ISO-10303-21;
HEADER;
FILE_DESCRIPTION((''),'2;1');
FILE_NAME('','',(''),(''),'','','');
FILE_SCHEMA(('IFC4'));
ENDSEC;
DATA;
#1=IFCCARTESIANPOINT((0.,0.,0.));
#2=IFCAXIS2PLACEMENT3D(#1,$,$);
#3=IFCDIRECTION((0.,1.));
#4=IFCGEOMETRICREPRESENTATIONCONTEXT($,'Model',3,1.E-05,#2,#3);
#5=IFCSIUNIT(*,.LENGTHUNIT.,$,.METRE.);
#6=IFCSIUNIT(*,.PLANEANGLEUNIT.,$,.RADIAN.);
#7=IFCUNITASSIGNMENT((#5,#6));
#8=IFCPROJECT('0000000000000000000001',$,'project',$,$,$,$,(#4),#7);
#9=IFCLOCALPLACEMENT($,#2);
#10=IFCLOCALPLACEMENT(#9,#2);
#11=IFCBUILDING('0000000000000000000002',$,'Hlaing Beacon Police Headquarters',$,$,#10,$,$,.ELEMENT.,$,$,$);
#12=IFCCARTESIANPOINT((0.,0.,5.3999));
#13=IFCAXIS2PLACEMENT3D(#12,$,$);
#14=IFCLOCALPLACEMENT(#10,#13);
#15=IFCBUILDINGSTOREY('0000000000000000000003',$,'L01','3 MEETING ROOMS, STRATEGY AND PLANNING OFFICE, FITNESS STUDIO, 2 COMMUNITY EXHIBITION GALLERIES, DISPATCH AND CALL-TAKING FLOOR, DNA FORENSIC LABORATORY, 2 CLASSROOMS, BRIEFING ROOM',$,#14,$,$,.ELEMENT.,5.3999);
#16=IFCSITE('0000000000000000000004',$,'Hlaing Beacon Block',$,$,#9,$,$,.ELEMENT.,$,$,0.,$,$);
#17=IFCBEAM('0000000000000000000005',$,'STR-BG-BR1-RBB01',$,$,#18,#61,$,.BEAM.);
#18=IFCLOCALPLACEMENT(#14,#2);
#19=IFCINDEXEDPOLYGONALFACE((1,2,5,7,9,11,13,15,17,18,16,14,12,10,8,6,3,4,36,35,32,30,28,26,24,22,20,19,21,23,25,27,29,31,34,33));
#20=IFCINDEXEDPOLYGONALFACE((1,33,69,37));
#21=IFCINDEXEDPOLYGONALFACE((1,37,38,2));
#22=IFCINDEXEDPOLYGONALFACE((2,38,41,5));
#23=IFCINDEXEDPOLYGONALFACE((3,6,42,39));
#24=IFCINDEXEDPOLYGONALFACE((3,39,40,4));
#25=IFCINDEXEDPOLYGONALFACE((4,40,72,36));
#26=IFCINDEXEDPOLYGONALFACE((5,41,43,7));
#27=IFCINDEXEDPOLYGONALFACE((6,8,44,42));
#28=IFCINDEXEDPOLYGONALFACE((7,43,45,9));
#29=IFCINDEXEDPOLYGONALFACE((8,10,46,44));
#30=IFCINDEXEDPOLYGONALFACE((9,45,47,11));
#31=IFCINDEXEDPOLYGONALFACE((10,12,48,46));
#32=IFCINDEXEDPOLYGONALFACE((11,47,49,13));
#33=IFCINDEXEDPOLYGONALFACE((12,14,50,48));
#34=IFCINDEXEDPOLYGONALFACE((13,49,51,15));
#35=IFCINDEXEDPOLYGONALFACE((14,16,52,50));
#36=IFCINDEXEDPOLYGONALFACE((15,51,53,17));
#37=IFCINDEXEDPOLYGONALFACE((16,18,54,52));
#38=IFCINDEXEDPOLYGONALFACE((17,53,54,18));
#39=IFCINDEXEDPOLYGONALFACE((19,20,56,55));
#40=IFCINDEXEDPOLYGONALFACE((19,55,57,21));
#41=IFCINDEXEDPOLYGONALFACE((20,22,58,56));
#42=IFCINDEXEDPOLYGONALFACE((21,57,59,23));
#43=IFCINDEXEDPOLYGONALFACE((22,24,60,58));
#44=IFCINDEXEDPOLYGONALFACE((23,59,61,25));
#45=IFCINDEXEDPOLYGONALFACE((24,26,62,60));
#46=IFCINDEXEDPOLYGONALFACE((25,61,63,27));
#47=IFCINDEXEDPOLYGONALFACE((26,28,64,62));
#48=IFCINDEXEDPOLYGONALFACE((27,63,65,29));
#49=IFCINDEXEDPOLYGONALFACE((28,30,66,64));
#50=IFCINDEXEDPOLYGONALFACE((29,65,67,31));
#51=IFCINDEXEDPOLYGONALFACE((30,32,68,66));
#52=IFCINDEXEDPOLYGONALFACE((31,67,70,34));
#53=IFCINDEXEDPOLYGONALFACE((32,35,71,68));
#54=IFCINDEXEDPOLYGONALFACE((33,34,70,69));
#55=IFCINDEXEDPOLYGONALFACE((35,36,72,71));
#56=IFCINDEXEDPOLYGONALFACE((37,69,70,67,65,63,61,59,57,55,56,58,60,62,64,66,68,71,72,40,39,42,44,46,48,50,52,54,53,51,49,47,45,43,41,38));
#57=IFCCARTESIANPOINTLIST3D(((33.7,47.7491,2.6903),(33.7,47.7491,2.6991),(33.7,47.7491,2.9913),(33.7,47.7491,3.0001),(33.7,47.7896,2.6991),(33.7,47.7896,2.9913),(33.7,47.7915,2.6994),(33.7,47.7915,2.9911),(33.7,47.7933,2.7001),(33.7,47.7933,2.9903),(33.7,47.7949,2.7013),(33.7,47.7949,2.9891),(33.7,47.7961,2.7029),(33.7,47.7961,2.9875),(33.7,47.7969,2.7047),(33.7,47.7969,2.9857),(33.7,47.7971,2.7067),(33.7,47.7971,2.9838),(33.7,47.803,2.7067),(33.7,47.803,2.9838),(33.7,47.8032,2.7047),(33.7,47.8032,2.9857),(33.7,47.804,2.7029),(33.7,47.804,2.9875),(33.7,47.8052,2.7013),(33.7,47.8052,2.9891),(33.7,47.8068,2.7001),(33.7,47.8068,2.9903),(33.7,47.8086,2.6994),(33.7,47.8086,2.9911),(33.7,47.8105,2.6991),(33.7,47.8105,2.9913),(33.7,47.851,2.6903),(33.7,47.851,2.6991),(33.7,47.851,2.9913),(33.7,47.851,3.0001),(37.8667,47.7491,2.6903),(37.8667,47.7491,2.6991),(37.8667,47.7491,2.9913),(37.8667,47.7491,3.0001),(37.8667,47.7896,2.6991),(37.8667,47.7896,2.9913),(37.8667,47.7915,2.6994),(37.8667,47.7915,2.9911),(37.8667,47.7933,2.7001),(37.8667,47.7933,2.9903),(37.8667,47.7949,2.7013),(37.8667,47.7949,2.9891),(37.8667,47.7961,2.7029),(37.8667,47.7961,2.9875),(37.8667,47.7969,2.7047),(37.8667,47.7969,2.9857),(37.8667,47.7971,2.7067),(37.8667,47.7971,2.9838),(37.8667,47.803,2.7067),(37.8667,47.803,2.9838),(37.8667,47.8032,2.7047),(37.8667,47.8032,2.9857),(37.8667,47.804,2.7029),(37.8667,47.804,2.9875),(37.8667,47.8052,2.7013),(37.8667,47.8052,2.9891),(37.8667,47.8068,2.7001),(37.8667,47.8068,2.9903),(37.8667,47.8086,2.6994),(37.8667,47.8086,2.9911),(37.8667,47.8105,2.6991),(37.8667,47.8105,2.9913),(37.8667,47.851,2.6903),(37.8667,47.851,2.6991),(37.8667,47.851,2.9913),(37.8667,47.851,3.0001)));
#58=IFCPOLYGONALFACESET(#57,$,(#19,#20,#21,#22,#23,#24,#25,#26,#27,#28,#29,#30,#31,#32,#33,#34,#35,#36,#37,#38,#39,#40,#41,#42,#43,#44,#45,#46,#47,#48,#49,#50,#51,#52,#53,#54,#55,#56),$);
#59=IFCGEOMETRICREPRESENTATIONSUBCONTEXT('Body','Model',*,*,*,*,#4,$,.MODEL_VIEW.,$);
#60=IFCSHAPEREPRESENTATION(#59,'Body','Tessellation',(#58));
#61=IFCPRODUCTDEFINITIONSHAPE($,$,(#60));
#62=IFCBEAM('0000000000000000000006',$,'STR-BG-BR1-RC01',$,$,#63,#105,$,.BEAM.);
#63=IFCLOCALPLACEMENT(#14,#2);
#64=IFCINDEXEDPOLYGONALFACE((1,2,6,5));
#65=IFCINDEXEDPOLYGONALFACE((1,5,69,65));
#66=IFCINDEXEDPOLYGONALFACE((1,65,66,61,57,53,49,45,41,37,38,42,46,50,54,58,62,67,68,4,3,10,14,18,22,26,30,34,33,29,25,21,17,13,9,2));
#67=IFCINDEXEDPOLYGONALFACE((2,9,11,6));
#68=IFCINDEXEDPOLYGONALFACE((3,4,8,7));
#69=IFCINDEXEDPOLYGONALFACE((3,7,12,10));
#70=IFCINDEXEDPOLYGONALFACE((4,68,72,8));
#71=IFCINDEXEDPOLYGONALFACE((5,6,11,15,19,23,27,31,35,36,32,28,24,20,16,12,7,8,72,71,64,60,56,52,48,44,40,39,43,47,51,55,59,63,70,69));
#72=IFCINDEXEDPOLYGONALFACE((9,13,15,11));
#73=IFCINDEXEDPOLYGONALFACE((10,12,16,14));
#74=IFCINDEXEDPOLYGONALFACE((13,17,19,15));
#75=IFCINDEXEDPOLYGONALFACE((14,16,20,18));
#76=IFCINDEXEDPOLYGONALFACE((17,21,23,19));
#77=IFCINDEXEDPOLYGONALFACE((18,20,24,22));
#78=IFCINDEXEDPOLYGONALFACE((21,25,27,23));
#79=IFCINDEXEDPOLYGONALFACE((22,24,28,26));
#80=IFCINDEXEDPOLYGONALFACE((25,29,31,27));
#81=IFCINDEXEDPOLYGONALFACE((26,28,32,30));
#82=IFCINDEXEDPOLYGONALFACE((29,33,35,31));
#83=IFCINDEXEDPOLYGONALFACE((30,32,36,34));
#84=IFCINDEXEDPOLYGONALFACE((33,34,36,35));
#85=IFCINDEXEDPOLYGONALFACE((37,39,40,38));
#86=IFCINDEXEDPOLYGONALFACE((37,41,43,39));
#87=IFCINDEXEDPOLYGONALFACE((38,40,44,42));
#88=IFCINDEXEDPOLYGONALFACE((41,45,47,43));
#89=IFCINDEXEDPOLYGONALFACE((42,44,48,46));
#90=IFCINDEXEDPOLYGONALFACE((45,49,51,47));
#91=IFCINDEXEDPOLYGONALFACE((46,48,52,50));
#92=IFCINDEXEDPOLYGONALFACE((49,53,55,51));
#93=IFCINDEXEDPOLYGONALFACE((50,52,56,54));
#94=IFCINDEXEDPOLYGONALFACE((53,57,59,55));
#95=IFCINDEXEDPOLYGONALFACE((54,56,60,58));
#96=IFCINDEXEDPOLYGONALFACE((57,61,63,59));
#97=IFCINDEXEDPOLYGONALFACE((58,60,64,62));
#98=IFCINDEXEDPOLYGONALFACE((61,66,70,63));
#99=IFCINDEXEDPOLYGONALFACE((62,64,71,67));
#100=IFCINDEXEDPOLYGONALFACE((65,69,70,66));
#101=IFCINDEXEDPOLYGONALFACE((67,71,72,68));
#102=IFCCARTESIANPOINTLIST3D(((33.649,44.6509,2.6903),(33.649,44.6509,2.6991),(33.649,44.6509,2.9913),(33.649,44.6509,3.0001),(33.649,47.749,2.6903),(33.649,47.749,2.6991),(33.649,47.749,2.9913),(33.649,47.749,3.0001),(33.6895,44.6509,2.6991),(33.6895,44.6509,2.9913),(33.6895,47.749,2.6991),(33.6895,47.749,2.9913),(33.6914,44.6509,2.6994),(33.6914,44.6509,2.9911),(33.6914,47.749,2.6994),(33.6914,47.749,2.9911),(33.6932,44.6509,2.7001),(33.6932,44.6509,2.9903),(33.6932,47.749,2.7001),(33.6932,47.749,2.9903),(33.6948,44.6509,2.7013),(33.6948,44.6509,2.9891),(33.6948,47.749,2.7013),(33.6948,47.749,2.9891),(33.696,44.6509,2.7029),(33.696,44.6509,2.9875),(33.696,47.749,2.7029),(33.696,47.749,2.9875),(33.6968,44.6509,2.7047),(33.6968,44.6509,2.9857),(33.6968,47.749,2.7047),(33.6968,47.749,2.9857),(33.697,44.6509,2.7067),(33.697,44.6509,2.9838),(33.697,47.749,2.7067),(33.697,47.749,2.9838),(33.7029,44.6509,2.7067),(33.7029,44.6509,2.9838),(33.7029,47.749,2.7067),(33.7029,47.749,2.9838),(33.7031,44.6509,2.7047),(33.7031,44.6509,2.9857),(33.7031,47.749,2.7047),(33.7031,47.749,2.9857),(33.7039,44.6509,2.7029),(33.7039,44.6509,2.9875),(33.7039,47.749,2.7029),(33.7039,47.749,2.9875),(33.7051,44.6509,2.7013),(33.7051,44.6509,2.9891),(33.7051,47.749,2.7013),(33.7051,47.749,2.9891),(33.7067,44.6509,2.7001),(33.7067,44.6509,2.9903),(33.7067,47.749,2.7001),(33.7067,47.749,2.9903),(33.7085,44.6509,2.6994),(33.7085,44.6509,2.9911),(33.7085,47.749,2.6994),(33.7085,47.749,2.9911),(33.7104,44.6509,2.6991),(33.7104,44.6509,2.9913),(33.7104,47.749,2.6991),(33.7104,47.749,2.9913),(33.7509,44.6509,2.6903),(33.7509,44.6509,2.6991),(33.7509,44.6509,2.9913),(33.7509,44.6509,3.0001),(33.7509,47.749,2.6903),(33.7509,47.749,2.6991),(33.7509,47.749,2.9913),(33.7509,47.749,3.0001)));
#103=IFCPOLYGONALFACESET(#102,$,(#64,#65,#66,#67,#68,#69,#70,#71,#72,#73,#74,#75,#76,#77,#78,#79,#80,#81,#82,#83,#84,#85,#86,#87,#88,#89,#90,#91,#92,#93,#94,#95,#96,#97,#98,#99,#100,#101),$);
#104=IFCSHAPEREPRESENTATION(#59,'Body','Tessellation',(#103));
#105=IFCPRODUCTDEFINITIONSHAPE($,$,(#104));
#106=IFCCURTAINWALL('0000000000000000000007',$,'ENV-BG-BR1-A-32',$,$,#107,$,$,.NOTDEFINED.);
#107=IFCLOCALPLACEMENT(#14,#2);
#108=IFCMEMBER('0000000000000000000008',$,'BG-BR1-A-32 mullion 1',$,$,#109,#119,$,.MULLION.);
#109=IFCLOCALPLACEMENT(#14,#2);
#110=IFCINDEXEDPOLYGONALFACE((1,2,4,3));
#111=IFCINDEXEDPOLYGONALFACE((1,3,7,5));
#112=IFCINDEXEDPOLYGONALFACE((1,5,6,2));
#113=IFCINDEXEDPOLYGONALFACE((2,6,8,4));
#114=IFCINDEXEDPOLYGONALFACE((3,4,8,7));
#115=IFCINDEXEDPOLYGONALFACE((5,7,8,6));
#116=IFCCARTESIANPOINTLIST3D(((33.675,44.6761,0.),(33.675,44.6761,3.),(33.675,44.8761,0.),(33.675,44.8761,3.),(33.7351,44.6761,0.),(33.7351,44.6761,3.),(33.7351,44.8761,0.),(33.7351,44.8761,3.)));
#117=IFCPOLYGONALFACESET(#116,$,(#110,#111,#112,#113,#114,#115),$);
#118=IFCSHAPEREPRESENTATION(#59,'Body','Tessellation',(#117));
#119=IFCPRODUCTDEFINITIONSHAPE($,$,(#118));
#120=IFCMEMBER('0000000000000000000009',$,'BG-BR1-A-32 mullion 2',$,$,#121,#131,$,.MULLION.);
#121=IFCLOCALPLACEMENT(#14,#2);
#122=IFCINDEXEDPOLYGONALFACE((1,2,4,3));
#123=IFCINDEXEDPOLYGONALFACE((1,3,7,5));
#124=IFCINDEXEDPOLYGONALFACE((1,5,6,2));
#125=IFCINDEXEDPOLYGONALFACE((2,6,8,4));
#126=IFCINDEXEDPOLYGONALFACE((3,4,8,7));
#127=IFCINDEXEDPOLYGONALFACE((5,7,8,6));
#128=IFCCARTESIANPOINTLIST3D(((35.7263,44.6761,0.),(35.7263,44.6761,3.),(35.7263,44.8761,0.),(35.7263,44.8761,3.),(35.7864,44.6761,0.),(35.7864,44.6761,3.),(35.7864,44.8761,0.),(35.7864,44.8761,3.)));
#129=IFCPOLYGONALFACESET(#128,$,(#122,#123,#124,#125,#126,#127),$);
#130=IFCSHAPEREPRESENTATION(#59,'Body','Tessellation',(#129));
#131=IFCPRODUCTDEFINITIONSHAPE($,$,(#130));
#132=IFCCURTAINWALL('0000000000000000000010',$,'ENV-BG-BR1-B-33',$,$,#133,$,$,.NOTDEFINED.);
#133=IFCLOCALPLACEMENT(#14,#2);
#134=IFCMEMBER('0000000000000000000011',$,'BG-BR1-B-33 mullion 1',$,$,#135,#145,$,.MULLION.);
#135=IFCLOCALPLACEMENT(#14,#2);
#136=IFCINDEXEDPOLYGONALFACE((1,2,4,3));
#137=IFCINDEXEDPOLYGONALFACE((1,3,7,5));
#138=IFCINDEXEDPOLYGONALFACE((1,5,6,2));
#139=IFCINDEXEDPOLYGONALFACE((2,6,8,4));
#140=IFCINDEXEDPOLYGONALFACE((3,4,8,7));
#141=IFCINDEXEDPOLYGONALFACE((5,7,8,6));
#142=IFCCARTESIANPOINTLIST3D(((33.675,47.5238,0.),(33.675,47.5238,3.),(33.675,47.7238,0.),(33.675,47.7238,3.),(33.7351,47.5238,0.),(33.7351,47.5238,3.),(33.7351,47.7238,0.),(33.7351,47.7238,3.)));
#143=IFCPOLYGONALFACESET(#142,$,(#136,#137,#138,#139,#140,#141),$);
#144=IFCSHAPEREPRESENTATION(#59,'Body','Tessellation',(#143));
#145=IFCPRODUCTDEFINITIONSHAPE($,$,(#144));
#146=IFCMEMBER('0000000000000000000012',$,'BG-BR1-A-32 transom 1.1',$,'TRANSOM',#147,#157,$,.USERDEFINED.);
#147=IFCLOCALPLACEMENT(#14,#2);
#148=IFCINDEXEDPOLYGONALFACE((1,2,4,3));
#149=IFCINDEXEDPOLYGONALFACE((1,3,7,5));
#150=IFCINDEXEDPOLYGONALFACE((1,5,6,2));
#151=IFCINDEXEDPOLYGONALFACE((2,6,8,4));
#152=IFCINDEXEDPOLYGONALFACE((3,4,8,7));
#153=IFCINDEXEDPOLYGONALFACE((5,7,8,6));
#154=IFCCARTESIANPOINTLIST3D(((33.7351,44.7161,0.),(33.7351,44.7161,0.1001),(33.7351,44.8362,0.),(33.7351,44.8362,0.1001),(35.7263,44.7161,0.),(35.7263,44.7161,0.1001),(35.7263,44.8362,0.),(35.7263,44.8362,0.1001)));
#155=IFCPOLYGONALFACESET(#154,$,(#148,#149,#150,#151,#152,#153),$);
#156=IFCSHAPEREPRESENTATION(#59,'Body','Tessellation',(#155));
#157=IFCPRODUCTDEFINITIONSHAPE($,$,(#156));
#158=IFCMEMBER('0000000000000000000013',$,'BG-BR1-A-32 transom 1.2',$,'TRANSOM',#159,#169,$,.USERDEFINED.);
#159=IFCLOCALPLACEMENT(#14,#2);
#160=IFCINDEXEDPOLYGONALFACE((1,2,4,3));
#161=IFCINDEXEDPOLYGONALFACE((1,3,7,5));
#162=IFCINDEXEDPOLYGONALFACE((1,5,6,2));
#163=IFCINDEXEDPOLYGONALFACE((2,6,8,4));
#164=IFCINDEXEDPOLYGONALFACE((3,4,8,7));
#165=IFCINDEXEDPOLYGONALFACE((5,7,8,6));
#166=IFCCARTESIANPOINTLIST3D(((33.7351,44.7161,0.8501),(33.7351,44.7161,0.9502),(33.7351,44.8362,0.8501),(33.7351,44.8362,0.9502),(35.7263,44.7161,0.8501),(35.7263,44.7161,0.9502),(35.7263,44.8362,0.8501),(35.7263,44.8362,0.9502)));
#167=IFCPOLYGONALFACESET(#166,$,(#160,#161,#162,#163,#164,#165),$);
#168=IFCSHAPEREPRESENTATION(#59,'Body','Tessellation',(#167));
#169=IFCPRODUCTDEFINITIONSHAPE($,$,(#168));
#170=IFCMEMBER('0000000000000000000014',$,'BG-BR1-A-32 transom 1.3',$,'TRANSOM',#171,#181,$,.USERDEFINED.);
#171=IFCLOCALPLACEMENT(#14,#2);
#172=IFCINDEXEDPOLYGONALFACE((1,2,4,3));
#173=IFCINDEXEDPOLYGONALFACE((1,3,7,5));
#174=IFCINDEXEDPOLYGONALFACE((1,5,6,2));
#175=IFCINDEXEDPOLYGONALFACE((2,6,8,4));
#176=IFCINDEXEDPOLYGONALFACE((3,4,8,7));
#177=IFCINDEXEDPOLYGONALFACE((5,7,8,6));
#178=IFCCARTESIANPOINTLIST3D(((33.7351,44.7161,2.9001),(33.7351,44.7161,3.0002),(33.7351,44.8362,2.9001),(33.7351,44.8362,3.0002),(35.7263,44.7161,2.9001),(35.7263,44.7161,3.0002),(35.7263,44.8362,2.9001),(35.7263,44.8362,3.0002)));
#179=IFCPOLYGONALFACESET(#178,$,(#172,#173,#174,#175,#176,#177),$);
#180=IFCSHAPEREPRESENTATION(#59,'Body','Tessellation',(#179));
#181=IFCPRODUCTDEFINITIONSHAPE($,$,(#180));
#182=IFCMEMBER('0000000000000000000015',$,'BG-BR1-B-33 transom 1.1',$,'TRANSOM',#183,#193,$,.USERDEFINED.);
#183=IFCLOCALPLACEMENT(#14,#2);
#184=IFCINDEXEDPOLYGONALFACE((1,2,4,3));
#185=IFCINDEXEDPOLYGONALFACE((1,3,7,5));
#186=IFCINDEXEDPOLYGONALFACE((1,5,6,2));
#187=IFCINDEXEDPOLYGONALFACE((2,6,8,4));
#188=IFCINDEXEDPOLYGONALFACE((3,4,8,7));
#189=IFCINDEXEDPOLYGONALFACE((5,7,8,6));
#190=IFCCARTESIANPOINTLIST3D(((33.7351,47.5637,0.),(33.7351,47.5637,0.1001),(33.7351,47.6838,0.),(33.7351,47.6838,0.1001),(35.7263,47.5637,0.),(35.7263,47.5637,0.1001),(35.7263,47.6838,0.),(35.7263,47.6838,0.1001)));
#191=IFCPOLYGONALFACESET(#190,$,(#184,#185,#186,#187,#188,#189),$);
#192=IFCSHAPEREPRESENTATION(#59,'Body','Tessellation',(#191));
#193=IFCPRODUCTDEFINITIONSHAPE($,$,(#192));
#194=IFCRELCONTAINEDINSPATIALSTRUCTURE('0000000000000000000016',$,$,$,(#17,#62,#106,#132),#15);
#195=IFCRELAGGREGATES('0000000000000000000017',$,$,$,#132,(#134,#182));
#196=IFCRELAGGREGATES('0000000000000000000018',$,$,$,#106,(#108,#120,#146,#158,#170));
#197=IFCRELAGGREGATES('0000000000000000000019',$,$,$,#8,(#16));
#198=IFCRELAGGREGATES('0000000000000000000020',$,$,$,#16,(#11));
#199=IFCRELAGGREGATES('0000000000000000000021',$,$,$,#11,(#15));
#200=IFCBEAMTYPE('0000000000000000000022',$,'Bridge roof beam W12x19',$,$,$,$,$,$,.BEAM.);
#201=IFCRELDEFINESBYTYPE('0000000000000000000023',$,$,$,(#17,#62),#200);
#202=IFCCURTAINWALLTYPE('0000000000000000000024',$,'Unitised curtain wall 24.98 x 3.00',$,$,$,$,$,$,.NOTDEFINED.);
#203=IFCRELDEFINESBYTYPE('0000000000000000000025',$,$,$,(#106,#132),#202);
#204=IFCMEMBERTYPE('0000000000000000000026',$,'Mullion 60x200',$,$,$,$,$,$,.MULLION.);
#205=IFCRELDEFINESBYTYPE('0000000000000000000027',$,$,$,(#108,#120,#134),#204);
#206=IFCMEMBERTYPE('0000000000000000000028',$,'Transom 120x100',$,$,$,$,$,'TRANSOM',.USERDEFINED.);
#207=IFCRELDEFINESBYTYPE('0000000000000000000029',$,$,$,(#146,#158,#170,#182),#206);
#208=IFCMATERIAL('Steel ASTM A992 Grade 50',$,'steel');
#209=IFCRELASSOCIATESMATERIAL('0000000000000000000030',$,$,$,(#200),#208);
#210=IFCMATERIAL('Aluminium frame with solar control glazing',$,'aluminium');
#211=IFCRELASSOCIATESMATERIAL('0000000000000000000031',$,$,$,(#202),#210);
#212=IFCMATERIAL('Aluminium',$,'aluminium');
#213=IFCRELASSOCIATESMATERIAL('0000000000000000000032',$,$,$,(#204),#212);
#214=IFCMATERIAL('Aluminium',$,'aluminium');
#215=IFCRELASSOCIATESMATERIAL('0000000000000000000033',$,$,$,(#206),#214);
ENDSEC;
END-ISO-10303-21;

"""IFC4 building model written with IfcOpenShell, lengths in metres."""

from ifc_helpers import new_model, si_unit, direction, frame, origin, origin_2d, place, context, subcontext, project, spatial, rectangle, i_section, extrude, material, material_profile, profile_set, type_object, element, aggregate, save


model = new_model("IFC4")

# Units and contexts
model_context = context("Model", 3, precision=1e-05, world=origin(), true_north=direction((0.0, 1.0)))
body_context = subcontext(model_context, "Body", "Model", "MODEL_VIEW")
ifc_project = project(units=[si_unit("LENGTHUNIT", "METRE"), si_unit("PLANEANGLEUNIT", "RADIAN")], contexts=[model_context])

# Site, building, storey
site_placement = place(None, origin())
site = spatial("IfcSite", under=ifc_project, at=site_placement, Name="Hlaing Beacon Block", CompositionType="ELEMENT", RefElevation=0.0)
building_placement = place(site_placement, origin())
building = spatial("IfcBuilding", under=site, at=building_placement, Name="Hlaing Beacon Police Headquarters", CompositionType="ELEMENT")
storey_placement = place(building_placement, frame((0.0, 0.0, 5.3999)))
storey = spatial("IfcBuildingStorey", under=building, at=storey_placement, Name="L01", Description="3 MEETING ROOMS, STRATEGY AND PLANNING OFFICE, FITNESS STUDIO, 2 COMMUNITY EXHIBITION GALLERIES, DISPATCH AND CALL-TAKING FLOOR, DNA FORENSIC LABORATORY, 2 CLASSROOMS, BRIEFING ROOM", CompositionType="ELEMENT", Elevation=5.3999)

# Beams
ifc_material_1 = material(Name="Steel ASTM A992 Grade 50", Category="steel")
ifc_material_profile_1 = material_profile(ifc_material_1, i_section(OverallWidth=0.1018, OverallDepth=0.3098, WebThickness=0.0059, FlangeThickness=0.0088, FilletRadius=0.0076, at=origin_2d()), Name="W12x19")
ifc_profile_set_1 = profile_set([ifc_material_profile_1], Name="Steel ASTM A992 Grade 50")
beam_type_1 = type_object("IfcBeamType", Name="Bridge roof beam W12x19", PredefinedType="BEAM", material=ifc_profile_set_1)
for number, where, z_axis, x_axis, name in (
    (1, (33.7, 47.8, 2.8452), (1.0, 0.0, 0.0), (0.0, 1.0, 0.0), "STR-BG-BR1-RBB01"),
):
    element("IfcBeam", number, at=place(storey_placement, frame(where, z_axis=z_axis, x_axis=x_axis)), inside=storey, type_object=beam_type_1, Name=name, PredefinedType="BEAM", context=body_context, shape_type="SweptSolid", body=[
        extrude(i_section(OverallWidth=0.1018, OverallDepth=0.3098, WebThickness=0.0059, FlangeThickness=0.0088, FilletRadius=0.0076, at=origin_2d()), origin(), (0.0, 0.0, 1.0), 4.1667),
    ])
beam_placement = place(storey_placement, frame((33.7, 44.6509, 2.8452), z_axis=(0.0, 1.0, 0.0), x_axis=(-1.0, 0.0, 0.0)))
element("IfcBeam", 2, at=beam_placement, inside=storey, type_object=beam_type_1, Name="STR-BG-BR1-RC01", PredefinedType="BEAM", context=body_context, shape_type="SweptSolid", body=[
    extrude(i_section(OverallWidth=0.1018, OverallDepth=0.3098, WebThickness=0.0059, FlangeThickness=0.0088, FilletRadius=0.0076, at=origin_2d()), origin(), (0.0, 0.0, 1.0), 3.0981),
])

# Curtain wall, members
ifc_material_2 = material(Name="Aluminium frame with solar control glazing", Category="aluminium")
curtain_wall_type = type_object("IfcCurtainWallType", Name="Unitised curtain wall 24.98 x 3.00", PredefinedType="NOTDEFINED", material=ifc_material_2)
curtain_wall_1_placement = place(storey_placement, origin())
curtain_wall_1 = element("IfcCurtainWall", 3, at=curtain_wall_1_placement, inside=storey, type_object=curtain_wall_type, Name="ENV-BG-BR1-A-32", PredefinedType="NOTDEFINED")
ifc_material_3 = material(Name="Aluminium", Category="aluminium")
ifc_material_profile_2 = material_profile(ifc_material_3, rectangle(XDim=0.2, YDim=0.0601, at=origin_2d()), Name="Mullion 60x200")
ifc_profile_set_2 = profile_set([ifc_material_profile_2], Name="Aluminium")
member_type_1 = type_object("IfcMemberType", Name="Mullion 60x200", PredefinedType="MULLION", material=ifc_profile_set_2)
member_1_placement = place(storey_placement, frame((33.7051, 44.7761, 0.0), z_axis=(0.0, 0.0, 1.0), x_axis=(0.0, 1.0, 0.0)))
member_1 = element("IfcMember", 4, at=member_1_placement, type_object=member_type_1, Name="BG-BR1-A-32 mullion 1", PredefinedType="MULLION", context=body_context, shape_type="SweptSolid", body=[
    extrude(rectangle(XDim=0.2, YDim=0.0601, at=origin_2d()), origin(), (0.0, 0.0, 1.0), 3.0),
])
member_2_placement = place(storey_placement, frame((35.7563, 44.7761, 0.0), z_axis=(0.0, 0.0, 1.0), x_axis=(0.0, 1.0, 0.0)))
member_2 = element("IfcMember", 5, at=member_2_placement, type_object=member_type_1, Name="BG-BR1-A-32 mullion 2", PredefinedType="MULLION", context=body_context, shape_type="SweptSolid", body=[
    extrude(rectangle(XDim=0.2, YDim=0.0601, at=origin_2d()), origin(), (0.0, 0.0, 1.0), 3.0),
])

# Curtain wall, member
curtain_wall_2_placement = place(storey_placement, origin())
curtain_wall_2 = element("IfcCurtainWall", 6, at=curtain_wall_2_placement, inside=storey, type_object=curtain_wall_type, Name="ENV-BG-BR1-B-33", PredefinedType="NOTDEFINED")
member_3_placement = place(storey_placement, frame((33.7051, 47.6238, 0.0), z_axis=(0.0, 0.0, 1.0), x_axis=(0.0, 1.0, 0.0)))
member_3 = element("IfcMember", 7, at=member_3_placement, type_object=member_type_1, Name="BG-BR1-B-33 mullion 1", PredefinedType="MULLION", context=body_context, shape_type="SweptSolid", body=[
    extrude(rectangle(XDim=0.2, YDim=0.0601, at=origin_2d()), origin(), (0.0, 0.0, 1.0), 3.0),
])

# Members
ifc_material_4 = material(Name="Aluminium", Category="aluminium")
ifc_material_profile_3 = material_profile(ifc_material_4, rectangle(XDim=0.1201, YDim=0.1001, at=origin_2d()), Name="Transom 120x100")
ifc_profile_set_3 = profile_set([ifc_material_profile_3], Name="Aluminium")
member_type_2 = type_object("IfcMemberType", Name="Transom 120x100", ElementType="TRANSOM", PredefinedType="USERDEFINED", material=ifc_profile_set_3)
member_4_placement = place(storey_placement, frame((33.7351, 44.7761, 0.05), z_axis=(1.0, 0.0, 0.0), x_axis=(0.0, 1.0, 0.0)))
member_4 = element("IfcMember", 8, at=member_4_placement, type_object=member_type_2, Name="BG-BR1-A-32 transom 1.1", ObjectType="TRANSOM", PredefinedType="USERDEFINED", context=body_context, shape_type="SweptSolid", body=[
    extrude(rectangle(XDim=0.1201, YDim=0.1001, at=origin_2d()), origin(), (0.0, 0.0, 1.0), 1.9912),
])
member_5_placement = place(storey_placement, frame((33.7351, 44.7761, 0.9001), z_axis=(1.0, 0.0, 0.0), x_axis=(0.0, 1.0, 0.0)))
member_5 = element("IfcMember", 9, at=member_5_placement, type_object=member_type_2, Name="BG-BR1-A-32 transom 1.2", ObjectType="TRANSOM", PredefinedType="USERDEFINED", context=body_context, shape_type="SweptSolid", body=[
    extrude(rectangle(XDim=0.1201, YDim=0.1001, at=origin_2d()), origin(), (0.0, 0.0, 1.0), 1.9912),
])
member_6_placement = place(storey_placement, frame((33.7351, 44.7761, 2.9502), z_axis=(1.0, 0.0, 0.0), x_axis=(0.0, 1.0, 0.0)))
member_6 = element("IfcMember", 10, at=member_6_placement, type_object=member_type_2, Name="BG-BR1-A-32 transom 1.3", ObjectType="TRANSOM", PredefinedType="USERDEFINED", context=body_context, shape_type="SweptSolid", body=[
    extrude(rectangle(XDim=0.1201, YDim=0.1001, at=origin_2d()), origin(), (0.0, 0.0, 1.0), 1.9912),
])
member_7_placement = place(storey_placement, frame((33.7351, 47.6238, 0.05), z_axis=(1.0, 0.0, 0.0), x_axis=(0.0, 1.0, 0.0)))
member_7 = element("IfcMember", 11, at=member_7_placement, type_object=member_type_2, Name="BG-BR1-B-33 transom 1.1", ObjectType="TRANSOM", PredefinedType="USERDEFINED", context=body_context, shape_type="SweptSolid", body=[
    extrude(rectangle(XDim=0.1201, YDim=0.1001, at=origin_2d()), origin(), (0.0, 0.0, 1.0), 1.9912),
])

aggregate(curtain_wall_2, [member_3, member_7])
aggregate(curtain_wall_1, [member_1, member_2, member_4, member_5, member_6])

save(model, "model.ifc")
